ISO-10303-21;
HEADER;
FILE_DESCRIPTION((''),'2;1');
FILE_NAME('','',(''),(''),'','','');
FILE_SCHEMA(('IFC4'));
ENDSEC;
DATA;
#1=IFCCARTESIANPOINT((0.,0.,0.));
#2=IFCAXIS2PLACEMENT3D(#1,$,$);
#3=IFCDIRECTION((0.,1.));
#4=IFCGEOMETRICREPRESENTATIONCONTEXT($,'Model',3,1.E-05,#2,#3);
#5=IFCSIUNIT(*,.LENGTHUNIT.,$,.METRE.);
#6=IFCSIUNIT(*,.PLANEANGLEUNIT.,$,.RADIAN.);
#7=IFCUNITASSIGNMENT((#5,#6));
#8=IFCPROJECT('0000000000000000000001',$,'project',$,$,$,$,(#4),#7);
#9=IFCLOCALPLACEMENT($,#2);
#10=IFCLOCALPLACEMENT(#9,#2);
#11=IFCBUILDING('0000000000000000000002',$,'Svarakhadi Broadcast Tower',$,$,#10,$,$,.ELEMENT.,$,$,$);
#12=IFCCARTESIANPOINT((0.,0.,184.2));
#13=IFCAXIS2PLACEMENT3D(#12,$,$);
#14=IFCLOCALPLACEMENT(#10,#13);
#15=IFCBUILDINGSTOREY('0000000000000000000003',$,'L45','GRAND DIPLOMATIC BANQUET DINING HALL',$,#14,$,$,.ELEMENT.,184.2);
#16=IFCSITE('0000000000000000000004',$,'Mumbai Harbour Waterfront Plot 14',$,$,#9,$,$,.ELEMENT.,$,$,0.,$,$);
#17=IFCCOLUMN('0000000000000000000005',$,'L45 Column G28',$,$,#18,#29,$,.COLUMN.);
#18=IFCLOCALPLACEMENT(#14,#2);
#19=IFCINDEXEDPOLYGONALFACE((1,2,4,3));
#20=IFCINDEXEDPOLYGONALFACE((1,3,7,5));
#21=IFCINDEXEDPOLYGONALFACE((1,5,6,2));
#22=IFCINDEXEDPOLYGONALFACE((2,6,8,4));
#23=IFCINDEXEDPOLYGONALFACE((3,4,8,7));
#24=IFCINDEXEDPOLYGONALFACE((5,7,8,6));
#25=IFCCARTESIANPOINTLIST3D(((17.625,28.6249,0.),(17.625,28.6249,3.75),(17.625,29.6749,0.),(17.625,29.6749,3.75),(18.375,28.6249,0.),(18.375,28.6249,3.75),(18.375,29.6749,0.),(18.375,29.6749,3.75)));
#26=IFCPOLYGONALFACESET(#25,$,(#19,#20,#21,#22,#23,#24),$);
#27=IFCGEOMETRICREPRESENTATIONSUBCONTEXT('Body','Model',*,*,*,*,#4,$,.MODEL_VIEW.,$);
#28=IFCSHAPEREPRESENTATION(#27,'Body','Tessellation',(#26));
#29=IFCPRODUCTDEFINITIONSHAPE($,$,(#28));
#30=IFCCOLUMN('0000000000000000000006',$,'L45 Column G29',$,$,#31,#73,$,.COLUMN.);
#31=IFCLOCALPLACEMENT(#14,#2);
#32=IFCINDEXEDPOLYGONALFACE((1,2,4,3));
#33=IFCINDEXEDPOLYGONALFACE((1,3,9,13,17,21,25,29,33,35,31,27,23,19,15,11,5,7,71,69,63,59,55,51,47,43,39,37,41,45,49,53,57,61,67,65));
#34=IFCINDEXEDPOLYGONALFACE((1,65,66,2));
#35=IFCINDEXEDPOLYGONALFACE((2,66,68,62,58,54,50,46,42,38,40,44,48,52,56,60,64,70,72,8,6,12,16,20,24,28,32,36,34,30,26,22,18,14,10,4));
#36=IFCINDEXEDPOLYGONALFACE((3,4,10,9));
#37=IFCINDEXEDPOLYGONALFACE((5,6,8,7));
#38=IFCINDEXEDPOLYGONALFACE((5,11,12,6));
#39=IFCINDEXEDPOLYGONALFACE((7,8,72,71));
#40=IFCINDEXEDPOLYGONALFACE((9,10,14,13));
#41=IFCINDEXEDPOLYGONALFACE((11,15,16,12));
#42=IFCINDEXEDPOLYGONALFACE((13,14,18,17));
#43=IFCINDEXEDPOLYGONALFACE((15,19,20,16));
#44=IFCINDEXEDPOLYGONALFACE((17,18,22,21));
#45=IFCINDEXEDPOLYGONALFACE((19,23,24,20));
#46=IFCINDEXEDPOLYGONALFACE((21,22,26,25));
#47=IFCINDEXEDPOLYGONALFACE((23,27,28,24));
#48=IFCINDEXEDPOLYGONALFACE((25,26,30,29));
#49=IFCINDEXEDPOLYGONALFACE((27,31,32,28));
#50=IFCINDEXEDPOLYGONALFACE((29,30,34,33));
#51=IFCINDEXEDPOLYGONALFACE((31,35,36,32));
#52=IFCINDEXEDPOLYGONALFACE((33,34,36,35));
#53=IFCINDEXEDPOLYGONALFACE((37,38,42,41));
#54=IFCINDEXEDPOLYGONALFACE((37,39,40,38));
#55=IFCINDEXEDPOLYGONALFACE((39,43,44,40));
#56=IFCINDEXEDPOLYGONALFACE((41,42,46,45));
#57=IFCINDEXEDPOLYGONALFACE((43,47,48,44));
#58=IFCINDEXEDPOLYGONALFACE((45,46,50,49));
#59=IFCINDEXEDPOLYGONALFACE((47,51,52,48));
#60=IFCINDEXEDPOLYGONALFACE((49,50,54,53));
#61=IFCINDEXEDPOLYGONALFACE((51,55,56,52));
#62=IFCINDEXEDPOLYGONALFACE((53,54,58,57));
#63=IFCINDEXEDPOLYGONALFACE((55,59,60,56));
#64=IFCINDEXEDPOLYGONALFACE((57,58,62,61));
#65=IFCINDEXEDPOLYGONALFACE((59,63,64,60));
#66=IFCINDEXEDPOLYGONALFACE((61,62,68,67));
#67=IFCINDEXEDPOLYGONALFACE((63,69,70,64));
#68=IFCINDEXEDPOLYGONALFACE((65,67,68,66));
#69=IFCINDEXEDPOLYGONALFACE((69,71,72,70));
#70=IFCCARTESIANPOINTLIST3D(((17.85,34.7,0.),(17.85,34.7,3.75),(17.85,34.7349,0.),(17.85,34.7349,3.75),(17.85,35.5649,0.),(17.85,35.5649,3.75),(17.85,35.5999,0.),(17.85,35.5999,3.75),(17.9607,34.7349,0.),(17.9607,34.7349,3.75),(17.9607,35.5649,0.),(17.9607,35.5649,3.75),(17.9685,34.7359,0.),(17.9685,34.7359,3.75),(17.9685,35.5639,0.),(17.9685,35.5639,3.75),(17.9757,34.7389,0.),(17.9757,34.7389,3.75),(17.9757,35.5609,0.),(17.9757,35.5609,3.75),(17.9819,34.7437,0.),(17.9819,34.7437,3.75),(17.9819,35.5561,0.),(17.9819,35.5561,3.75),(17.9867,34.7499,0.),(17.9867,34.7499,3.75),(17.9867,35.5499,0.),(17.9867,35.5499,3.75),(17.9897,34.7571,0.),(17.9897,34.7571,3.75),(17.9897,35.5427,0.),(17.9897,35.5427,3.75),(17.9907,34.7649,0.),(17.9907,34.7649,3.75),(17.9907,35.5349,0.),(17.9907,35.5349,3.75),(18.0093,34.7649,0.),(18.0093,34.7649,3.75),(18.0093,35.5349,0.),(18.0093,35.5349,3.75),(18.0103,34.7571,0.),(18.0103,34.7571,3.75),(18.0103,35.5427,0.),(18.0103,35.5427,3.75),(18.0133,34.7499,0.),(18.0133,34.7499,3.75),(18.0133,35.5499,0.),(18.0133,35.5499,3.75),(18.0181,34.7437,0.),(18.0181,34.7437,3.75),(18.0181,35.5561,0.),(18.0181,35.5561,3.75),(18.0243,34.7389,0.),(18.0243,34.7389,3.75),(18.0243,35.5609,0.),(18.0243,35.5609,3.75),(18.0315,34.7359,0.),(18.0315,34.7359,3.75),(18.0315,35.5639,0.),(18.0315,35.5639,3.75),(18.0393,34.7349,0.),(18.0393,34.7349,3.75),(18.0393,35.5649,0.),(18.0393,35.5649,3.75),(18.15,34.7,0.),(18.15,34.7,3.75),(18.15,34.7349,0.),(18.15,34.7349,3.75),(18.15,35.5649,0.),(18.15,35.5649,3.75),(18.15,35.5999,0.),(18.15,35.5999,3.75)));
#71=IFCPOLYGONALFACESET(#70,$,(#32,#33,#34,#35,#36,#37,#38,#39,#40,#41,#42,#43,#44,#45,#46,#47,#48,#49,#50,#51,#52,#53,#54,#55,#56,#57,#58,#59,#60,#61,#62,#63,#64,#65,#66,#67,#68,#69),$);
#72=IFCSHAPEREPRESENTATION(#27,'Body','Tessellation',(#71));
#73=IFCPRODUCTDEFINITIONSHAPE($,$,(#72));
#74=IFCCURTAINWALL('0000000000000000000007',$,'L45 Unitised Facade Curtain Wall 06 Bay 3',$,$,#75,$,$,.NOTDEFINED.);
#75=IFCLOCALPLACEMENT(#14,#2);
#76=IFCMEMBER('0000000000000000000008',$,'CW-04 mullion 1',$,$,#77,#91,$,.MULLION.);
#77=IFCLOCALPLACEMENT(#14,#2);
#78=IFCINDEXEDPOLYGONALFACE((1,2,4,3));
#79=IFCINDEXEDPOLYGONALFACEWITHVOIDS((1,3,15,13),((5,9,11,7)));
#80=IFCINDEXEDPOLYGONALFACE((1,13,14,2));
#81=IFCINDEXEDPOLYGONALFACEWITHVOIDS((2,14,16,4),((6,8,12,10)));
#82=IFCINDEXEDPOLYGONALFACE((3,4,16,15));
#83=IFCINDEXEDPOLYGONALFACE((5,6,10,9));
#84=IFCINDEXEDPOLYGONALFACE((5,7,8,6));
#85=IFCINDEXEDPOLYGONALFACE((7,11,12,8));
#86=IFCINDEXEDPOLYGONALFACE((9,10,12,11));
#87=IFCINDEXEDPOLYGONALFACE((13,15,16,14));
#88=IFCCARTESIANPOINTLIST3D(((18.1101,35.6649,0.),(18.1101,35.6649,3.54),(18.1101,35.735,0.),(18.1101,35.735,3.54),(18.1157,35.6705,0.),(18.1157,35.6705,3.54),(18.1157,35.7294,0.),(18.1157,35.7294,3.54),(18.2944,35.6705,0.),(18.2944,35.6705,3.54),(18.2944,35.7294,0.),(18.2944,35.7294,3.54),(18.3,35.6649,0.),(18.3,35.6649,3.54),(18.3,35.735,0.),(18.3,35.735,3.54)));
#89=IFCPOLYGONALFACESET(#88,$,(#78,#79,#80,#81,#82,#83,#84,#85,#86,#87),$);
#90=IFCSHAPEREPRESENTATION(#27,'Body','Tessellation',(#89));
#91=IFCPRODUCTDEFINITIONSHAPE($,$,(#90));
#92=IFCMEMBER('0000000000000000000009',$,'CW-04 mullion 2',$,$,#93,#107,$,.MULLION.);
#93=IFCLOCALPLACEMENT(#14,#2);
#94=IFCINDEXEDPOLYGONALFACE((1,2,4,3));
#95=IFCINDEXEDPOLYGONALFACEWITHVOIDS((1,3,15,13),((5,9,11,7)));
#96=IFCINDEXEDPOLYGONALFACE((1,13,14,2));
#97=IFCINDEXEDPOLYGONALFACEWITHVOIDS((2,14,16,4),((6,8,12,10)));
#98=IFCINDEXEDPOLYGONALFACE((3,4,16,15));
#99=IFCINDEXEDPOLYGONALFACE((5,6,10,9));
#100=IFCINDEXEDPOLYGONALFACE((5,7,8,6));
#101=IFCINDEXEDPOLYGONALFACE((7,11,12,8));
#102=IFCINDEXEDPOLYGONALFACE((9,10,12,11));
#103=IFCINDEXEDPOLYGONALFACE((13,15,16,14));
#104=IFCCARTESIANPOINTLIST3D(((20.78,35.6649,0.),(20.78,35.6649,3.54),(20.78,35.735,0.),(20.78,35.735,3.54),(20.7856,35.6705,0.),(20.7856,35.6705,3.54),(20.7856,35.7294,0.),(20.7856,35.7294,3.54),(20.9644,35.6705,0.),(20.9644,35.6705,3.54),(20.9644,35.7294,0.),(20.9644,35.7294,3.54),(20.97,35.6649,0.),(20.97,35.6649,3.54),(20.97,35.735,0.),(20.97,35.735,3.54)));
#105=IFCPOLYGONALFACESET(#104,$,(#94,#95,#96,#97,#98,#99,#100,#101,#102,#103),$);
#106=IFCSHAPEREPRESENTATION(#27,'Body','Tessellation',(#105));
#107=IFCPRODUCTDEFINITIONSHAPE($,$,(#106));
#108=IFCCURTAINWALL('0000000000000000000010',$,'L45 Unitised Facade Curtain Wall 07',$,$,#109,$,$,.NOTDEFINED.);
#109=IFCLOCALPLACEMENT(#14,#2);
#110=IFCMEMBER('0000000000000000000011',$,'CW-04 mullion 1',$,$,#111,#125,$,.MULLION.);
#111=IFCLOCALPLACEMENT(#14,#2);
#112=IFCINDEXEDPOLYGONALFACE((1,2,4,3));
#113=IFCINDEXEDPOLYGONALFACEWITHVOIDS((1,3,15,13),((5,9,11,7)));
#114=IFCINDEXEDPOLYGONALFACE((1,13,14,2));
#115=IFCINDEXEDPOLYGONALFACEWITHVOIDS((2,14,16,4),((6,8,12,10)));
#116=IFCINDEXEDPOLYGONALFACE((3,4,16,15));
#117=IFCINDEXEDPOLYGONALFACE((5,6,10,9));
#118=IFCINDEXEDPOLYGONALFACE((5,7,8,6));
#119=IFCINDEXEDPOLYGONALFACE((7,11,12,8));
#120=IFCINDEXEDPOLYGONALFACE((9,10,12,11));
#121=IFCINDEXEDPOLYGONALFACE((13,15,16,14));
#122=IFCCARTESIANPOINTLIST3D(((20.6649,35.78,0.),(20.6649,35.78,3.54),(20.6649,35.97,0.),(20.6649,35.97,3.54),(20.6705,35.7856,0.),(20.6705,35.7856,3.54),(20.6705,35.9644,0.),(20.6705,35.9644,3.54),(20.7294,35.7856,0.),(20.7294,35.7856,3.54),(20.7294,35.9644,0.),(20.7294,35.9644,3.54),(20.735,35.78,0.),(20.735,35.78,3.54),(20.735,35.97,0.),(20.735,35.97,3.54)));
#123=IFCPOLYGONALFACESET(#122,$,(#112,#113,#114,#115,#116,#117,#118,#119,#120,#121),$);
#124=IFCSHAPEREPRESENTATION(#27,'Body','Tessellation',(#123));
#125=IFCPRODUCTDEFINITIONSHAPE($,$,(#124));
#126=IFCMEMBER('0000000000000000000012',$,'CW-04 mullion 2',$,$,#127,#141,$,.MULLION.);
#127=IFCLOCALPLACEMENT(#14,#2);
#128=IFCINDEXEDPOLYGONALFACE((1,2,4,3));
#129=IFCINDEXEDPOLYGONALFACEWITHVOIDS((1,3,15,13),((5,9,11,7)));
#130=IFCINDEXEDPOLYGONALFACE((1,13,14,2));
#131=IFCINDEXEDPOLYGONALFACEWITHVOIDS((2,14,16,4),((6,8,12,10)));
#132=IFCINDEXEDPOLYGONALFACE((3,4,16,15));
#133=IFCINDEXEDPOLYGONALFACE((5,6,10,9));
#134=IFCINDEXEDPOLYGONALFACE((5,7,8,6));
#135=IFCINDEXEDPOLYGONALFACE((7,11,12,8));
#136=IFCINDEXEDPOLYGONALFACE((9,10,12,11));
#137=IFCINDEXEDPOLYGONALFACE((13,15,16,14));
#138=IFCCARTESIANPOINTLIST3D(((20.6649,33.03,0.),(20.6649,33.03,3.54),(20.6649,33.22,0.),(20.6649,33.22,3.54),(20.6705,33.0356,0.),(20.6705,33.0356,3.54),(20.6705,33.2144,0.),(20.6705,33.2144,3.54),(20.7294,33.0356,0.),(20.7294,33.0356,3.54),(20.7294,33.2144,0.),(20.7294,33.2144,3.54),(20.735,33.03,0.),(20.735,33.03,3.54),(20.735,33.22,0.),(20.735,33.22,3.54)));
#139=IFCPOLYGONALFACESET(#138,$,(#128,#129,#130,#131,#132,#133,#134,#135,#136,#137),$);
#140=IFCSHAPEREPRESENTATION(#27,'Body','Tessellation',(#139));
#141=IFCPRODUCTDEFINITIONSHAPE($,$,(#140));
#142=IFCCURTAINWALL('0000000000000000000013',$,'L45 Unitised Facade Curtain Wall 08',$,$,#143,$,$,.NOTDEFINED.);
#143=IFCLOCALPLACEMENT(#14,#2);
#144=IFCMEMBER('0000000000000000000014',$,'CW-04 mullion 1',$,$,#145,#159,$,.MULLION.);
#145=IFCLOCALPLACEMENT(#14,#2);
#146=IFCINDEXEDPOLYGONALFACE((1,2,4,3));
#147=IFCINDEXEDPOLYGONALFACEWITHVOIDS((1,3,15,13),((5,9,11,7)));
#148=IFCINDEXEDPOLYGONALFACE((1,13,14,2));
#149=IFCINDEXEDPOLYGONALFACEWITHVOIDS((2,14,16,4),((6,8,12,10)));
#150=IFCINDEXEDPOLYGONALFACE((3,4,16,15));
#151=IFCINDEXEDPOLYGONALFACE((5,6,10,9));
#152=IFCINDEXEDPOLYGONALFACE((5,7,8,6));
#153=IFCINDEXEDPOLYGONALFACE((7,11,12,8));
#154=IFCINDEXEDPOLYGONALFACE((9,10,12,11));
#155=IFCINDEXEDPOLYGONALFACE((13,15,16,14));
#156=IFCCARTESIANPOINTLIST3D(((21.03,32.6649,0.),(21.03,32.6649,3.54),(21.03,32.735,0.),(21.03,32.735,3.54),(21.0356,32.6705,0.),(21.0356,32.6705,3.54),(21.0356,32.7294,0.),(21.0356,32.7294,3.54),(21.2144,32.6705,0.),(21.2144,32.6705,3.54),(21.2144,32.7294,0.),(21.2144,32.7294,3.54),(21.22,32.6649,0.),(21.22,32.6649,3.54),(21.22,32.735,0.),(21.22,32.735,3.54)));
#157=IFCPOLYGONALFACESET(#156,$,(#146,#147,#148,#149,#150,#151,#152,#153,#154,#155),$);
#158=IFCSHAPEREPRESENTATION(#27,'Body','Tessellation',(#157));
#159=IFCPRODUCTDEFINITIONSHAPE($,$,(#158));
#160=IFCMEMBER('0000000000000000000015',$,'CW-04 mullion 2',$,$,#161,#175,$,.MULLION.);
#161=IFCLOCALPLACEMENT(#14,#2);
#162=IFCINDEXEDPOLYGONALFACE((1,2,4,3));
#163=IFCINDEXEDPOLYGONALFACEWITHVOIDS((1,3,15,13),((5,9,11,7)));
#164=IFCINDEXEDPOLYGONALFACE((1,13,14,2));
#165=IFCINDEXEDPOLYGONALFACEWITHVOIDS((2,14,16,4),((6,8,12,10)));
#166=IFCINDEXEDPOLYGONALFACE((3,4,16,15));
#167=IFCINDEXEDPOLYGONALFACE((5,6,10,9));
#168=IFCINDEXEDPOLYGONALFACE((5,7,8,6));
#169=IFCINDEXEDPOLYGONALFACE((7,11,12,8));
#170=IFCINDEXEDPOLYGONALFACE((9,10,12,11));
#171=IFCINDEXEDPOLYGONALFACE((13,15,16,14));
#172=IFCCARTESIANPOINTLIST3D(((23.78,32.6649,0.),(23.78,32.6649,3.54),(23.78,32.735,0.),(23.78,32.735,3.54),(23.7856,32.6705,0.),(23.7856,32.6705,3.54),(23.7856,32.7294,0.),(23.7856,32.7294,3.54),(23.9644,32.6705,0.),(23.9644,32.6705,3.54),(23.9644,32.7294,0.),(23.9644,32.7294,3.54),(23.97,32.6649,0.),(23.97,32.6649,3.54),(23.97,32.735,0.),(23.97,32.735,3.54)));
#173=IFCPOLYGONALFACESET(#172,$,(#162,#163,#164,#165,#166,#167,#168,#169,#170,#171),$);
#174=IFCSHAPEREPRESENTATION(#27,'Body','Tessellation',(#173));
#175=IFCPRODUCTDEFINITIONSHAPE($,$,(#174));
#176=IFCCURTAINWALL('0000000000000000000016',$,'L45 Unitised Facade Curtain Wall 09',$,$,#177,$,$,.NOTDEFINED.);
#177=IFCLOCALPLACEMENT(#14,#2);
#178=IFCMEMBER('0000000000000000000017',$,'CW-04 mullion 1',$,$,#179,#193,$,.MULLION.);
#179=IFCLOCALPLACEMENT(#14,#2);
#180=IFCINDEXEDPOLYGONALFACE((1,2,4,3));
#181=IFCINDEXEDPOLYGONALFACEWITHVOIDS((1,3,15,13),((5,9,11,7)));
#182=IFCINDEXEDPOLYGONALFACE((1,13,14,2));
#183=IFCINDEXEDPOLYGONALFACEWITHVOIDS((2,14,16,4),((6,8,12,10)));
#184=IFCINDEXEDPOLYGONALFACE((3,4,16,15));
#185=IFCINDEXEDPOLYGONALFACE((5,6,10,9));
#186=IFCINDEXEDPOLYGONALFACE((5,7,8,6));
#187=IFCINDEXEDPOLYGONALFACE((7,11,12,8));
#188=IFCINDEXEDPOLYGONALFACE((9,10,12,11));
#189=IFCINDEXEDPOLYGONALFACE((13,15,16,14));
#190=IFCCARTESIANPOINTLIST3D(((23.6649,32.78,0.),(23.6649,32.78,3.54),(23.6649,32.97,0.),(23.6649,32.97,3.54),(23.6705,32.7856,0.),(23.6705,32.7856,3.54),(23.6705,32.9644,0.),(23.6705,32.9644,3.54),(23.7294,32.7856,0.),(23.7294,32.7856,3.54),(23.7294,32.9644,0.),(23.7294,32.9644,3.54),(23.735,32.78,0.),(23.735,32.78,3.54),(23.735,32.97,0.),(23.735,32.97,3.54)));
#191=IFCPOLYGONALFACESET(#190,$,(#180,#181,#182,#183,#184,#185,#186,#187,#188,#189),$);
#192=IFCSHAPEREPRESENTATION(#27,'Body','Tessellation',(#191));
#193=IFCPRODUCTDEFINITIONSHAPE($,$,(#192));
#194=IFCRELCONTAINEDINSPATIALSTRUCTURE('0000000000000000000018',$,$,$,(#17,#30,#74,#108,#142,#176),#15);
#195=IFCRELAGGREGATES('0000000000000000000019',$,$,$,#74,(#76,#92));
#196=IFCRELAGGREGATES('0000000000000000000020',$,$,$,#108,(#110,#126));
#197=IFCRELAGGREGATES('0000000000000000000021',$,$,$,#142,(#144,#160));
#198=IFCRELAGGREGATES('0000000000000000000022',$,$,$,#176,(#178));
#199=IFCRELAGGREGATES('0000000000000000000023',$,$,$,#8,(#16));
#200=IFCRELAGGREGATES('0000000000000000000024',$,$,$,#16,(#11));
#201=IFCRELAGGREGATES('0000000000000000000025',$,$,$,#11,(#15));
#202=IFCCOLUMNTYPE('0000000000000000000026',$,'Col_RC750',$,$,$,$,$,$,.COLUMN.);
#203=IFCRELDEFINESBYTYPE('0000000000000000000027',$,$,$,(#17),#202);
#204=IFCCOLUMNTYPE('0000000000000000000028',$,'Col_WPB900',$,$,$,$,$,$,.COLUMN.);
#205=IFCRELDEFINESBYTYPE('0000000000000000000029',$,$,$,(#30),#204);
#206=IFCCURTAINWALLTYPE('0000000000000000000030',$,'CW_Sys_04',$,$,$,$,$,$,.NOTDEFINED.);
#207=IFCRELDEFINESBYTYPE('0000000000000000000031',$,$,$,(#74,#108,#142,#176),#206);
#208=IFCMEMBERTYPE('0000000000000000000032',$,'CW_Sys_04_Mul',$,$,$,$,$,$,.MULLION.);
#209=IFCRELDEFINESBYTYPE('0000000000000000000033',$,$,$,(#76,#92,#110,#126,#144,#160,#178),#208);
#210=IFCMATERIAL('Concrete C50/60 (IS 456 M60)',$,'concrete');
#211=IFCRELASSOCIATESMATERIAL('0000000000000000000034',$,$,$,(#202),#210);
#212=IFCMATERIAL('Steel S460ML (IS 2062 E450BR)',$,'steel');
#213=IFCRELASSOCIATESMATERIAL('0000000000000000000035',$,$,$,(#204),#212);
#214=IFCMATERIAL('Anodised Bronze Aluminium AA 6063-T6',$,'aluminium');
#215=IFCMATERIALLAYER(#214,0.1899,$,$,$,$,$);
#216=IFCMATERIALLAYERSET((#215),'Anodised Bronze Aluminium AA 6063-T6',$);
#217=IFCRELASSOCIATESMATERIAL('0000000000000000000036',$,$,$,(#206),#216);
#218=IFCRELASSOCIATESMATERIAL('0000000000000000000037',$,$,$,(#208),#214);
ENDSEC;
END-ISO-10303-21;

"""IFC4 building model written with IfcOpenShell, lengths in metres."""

from ifc_helpers import new_model, si_unit, direction, frame, origin, origin_2d, place, context, subcontext, project, spatial, rectangle, hollow_rectangle, i_section, extrude, material, layer, layer_set, material_profile, profile_set, type_object, element, aggregate, save


model = new_model("IFC4")

# Units and contexts
model_context = context("Model", 3, precision=1e-05, world=origin(), true_north=direction((0.0, 1.0)))
body_context = subcontext(model_context, "Body", "Model", "MODEL_VIEW")
ifc_project = project(units=[si_unit("LENGTHUNIT", "METRE"), si_unit("PLANEANGLEUNIT", "RADIAN")], contexts=[model_context])

# Site, building, storey
site_placement = place(None, origin())
site = spatial("IfcSite", under=ifc_project, at=site_placement, Name="Mumbai Harbour Waterfront Plot 14", CompositionType="ELEMENT", RefElevation=0.0)
building_placement = place(site_placement, origin())
building = spatial("IfcBuilding", under=site, at=building_placement, Name="Svarakhadi Broadcast Tower", CompositionType="ELEMENT")
storey_placement = place(building_placement, frame((0.0, 0.0, 184.2)))
storey = spatial("IfcBuildingStorey", under=building, at=storey_placement, Name="L45", Description="GRAND DIPLOMATIC BANQUET DINING HALL", CompositionType="ELEMENT", Elevation=184.2)

# Columns
ifc_material_1 = material(Name="Concrete C50/60 (IS 456 M60)", Category="concrete")
ifc_material_profile_1 = material_profile(ifc_material_1, rectangle(XDim=0.75, YDim=1.05, at=origin_2d()), Name="RC 750x1050")
ifc_profile_set_1 = profile_set([ifc_material_profile_1], Name="Concrete C50/60 (IS 456 M60)")
column_type_1 = type_object("IfcColumnType", Name="Col_RC750", PredefinedType="COLUMN", material=ifc_profile_set_1)
column_1_placement = place(storey_placement, frame((18.0, 29.1499, 0.0), z_axis=(0.0, 0.0, 1.0), x_axis=(1.0, 0.0, 0.0)))
element("IfcColumn", 1, at=column_1_placement, inside=storey, type_object=column_type_1, Name="L45 Column G28", PredefinedType="COLUMN", context=body_context, shape_type="SweptSolid", body=[
    extrude(rectangle(XDim=0.75, YDim=1.05, at=origin_2d()), origin(), (0.0, 0.0, 1.0), 3.75),
])
ifc_material_2 = material(Name="Steel S460ML (IS 2062 E450BR)", Category="steel")
ifc_material_profile_2 = material_profile(ifc_material_2, i_section(OverallWidth=0.3, OverallDepth=0.8999, WebThickness=0.0186, FlangeThickness=0.0349, FilletRadius=0.03, at=origin_2d()), Name="WPB 900x300x291")
ifc_profile_set_2 = profile_set([ifc_material_profile_2], Name="Steel S460ML (IS 2062 E450BR)")
column_type_2 = type_object("IfcColumnType", Name="Col_WPB900", PredefinedType="COLUMN", material=ifc_profile_set_2)
column_2_placement = place(storey_placement, frame((18.0, 35.1499, 0.0), z_axis=(0.0, 0.0, 1.0), x_axis=(1.0, 0.0, 0.0)))
element("IfcColumn", 2, at=column_2_placement, inside=storey, type_object=column_type_2, Name="L45 Column G29", PredefinedType="COLUMN", context=body_context, shape_type="SweptSolid", body=[
    extrude(i_section(OverallWidth=0.3, OverallDepth=0.8999, WebThickness=0.0186, FlangeThickness=0.0349, FilletRadius=0.03, at=origin_2d()), origin(), (0.0, 0.0, 1.0), 3.75),
])

# Curtain walls, members
ifc_material_3 = material(Name="Anodised Bronze Aluminium AA 6063-T6", Category="aluminium")
ifc_layer_1 = layer(ifc_material_3, 0.1899)
ifc_layer_set_1 = layer_set([ifc_layer_1], Name="Anodised Bronze Aluminium AA 6063-T6")
curtain_wall_type = type_object("IfcCurtainWallType", Name="CW_Sys_04", PredefinedType="NOTDEFINED", material=ifc_layer_set_1)
curtain_wall_1_placement = place(storey_placement, origin())
curtain_wall_1 = element("IfcCurtainWall", 3, at=curtain_wall_1_placement, inside=storey, type_object=curtain_wall_type, Name="L45 Unitised Facade Curtain Wall 06 Bay 3", PredefinedType="NOTDEFINED")
ifc_material_profile_3 = material_profile(ifc_material_3, hollow_rectangle(XDim=0.0701, YDim=0.1899, WallThickness=0.0056, at=origin_2d()), Name="ALU MULLION 190x70x6")
ifc_profile_set_3 = profile_set([ifc_material_profile_3], Name="Anodised Bronze Aluminium AA 6063-T6")
member_type_1 = type_object("IfcMemberType", Name="CW_Sys_04_Mul", PredefinedType="MULLION", material=ifc_profile_set_3)
member_1_placement = place(storey_placement, frame((18.2051, 35.7, 0.0), z_axis=(0.0, 0.0, 1.0), x_axis=(0.0, 1.0, 0.0)))
member_1 = element("IfcMember", 4, at=member_1_placement, type_object=member_type_1, Name="CW-04 mullion 1", PredefinedType="MULLION", context=body_context, shape_type="SweptSolid", body=[
    extrude(hollow_rectangle(XDim=0.0701, YDim=0.1899, WallThickness=0.0056, at=origin_2d()), origin(), (0.0, 0.0, 1.0), 3.54),
])
member_2_placement = place(storey_placement, frame((20.875, 35.7, 0.0), z_axis=(0.0, 0.0, 1.0), x_axis=(0.0, 1.0, 0.0)))
member_2 = element("IfcMember", 5, at=member_2_placement, type_object=member_type_1, Name="CW-04 mullion 2", PredefinedType="MULLION", context=body_context, shape_type="SweptSolid", body=[
    extrude(hollow_rectangle(XDim=0.0701, YDim=0.1899, WallThickness=0.0056, at=origin_2d()), origin(), (0.0, 0.0, 1.0), 3.54),
])
curtain_wall_2_placement = place(storey_placement, origin())
curtain_wall_2 = element("IfcCurtainWall", 6, at=curtain_wall_2_placement, inside=storey, type_object=curtain_wall_type, Name="L45 Unitised Facade Curtain Wall 07", PredefinedType="NOTDEFINED")
member_3_placement = place(storey_placement, frame((20.7, 35.875, 0.0), z_axis=(0.0, 0.0, 1.0), x_axis=(1.0, 0.0, 0.0)))
member_3 = element("IfcMember", 7, at=member_3_placement, type_object=member_type_1, Name="CW-04 mullion 1", PredefinedType="MULLION", context=body_context, shape_type="SweptSolid", body=[
    extrude(hollow_rectangle(XDim=0.0701, YDim=0.1899, WallThickness=0.0056, at=origin_2d()), origin(), (0.0, 0.0, 1.0), 3.54),
])
member_4_placement = place(storey_placement, frame((20.7, 33.125, 0.0), z_axis=(0.0, 0.0, 1.0), x_axis=(1.0, 0.0, 0.0)))
member_4 = element("IfcMember", 8, at=member_4_placement, type_object=member_type_1, Name="CW-04 mullion 2", PredefinedType="MULLION", context=body_context, shape_type="SweptSolid", body=[
    extrude(hollow_rectangle(XDim=0.0701, YDim=0.1899, WallThickness=0.0056, at=origin_2d()), origin(), (0.0, 0.0, 1.0), 3.54),
])
curtain_wall_3_placement = place(storey_placement, origin())
curtain_wall_3 = element("IfcCurtainWall", 9, at=curtain_wall_3_placement, inside=storey, type_object=curtain_wall_type, Name="L45 Unitised Facade Curtain Wall 08", PredefinedType="NOTDEFINED")
member_5_placement = place(storey_placement, frame((21.125, 32.7, 0.0), z_axis=(0.0, 0.0, 1.0), x_axis=(0.0, 1.0, 0.0)))
member_5 = element("IfcMember", 10, at=member_5_placement, type_object=member_type_1, Name="CW-04 mullion 1", PredefinedType="MULLION", context=body_context, shape_type="SweptSolid", body=[
    extrude(hollow_rectangle(XDim=0.0701, YDim=0.1899, WallThickness=0.0056, at=origin_2d()), origin(), (0.0, 0.0, 1.0), 3.54),
])
member_6_placement = place(storey_placement, frame((23.875, 32.7, 0.0), z_axis=(0.0, 0.0, 1.0), x_axis=(0.0, 1.0, 0.0)))
member_6 = element("IfcMember", 11, at=member_6_placement, type_object=member_type_1, Name="CW-04 mullion 2", PredefinedType="MULLION", context=body_context, shape_type="SweptSolid", body=[
    extrude(hollow_rectangle(XDim=0.0701, YDim=0.1899, WallThickness=0.0056, at=origin_2d()), origin(), (0.0, 0.0, 1.0), 3.54),
])

# Curtain wall, member
curtain_wall_4_placement = place(storey_placement, origin())
curtain_wall_4 = element("IfcCurtainWall", 12, at=curtain_wall_4_placement, inside=storey, type_object=curtain_wall_type, Name="L45 Unitised Facade Curtain Wall 09", PredefinedType="NOTDEFINED")
member_7_placement = place(storey_placement, frame((23.7, 32.875, 0.0), z_axis=(0.0, 0.0, 1.0), x_axis=(1.0, 0.0, 0.0)))
member_7 = element("IfcMember", 13, at=member_7_placement, type_object=member_type_1, Name="CW-04 mullion 1", PredefinedType="MULLION", context=body_context, shape_type="SweptSolid", body=[
    extrude(hollow_rectangle(XDim=0.0701, YDim=0.1899, WallThickness=0.0056, at=origin_2d()), origin(), (0.0, 0.0, 1.0), 3.54),
])

aggregate(curtain_wall_1, [member_1, member_2])
aggregate(curtain_wall_2, [member_3, member_4])
aggregate(curtain_wall_3, [member_5, member_6])
aggregate(curtain_wall_4, [member_7])

save(model, "model.ifc")
